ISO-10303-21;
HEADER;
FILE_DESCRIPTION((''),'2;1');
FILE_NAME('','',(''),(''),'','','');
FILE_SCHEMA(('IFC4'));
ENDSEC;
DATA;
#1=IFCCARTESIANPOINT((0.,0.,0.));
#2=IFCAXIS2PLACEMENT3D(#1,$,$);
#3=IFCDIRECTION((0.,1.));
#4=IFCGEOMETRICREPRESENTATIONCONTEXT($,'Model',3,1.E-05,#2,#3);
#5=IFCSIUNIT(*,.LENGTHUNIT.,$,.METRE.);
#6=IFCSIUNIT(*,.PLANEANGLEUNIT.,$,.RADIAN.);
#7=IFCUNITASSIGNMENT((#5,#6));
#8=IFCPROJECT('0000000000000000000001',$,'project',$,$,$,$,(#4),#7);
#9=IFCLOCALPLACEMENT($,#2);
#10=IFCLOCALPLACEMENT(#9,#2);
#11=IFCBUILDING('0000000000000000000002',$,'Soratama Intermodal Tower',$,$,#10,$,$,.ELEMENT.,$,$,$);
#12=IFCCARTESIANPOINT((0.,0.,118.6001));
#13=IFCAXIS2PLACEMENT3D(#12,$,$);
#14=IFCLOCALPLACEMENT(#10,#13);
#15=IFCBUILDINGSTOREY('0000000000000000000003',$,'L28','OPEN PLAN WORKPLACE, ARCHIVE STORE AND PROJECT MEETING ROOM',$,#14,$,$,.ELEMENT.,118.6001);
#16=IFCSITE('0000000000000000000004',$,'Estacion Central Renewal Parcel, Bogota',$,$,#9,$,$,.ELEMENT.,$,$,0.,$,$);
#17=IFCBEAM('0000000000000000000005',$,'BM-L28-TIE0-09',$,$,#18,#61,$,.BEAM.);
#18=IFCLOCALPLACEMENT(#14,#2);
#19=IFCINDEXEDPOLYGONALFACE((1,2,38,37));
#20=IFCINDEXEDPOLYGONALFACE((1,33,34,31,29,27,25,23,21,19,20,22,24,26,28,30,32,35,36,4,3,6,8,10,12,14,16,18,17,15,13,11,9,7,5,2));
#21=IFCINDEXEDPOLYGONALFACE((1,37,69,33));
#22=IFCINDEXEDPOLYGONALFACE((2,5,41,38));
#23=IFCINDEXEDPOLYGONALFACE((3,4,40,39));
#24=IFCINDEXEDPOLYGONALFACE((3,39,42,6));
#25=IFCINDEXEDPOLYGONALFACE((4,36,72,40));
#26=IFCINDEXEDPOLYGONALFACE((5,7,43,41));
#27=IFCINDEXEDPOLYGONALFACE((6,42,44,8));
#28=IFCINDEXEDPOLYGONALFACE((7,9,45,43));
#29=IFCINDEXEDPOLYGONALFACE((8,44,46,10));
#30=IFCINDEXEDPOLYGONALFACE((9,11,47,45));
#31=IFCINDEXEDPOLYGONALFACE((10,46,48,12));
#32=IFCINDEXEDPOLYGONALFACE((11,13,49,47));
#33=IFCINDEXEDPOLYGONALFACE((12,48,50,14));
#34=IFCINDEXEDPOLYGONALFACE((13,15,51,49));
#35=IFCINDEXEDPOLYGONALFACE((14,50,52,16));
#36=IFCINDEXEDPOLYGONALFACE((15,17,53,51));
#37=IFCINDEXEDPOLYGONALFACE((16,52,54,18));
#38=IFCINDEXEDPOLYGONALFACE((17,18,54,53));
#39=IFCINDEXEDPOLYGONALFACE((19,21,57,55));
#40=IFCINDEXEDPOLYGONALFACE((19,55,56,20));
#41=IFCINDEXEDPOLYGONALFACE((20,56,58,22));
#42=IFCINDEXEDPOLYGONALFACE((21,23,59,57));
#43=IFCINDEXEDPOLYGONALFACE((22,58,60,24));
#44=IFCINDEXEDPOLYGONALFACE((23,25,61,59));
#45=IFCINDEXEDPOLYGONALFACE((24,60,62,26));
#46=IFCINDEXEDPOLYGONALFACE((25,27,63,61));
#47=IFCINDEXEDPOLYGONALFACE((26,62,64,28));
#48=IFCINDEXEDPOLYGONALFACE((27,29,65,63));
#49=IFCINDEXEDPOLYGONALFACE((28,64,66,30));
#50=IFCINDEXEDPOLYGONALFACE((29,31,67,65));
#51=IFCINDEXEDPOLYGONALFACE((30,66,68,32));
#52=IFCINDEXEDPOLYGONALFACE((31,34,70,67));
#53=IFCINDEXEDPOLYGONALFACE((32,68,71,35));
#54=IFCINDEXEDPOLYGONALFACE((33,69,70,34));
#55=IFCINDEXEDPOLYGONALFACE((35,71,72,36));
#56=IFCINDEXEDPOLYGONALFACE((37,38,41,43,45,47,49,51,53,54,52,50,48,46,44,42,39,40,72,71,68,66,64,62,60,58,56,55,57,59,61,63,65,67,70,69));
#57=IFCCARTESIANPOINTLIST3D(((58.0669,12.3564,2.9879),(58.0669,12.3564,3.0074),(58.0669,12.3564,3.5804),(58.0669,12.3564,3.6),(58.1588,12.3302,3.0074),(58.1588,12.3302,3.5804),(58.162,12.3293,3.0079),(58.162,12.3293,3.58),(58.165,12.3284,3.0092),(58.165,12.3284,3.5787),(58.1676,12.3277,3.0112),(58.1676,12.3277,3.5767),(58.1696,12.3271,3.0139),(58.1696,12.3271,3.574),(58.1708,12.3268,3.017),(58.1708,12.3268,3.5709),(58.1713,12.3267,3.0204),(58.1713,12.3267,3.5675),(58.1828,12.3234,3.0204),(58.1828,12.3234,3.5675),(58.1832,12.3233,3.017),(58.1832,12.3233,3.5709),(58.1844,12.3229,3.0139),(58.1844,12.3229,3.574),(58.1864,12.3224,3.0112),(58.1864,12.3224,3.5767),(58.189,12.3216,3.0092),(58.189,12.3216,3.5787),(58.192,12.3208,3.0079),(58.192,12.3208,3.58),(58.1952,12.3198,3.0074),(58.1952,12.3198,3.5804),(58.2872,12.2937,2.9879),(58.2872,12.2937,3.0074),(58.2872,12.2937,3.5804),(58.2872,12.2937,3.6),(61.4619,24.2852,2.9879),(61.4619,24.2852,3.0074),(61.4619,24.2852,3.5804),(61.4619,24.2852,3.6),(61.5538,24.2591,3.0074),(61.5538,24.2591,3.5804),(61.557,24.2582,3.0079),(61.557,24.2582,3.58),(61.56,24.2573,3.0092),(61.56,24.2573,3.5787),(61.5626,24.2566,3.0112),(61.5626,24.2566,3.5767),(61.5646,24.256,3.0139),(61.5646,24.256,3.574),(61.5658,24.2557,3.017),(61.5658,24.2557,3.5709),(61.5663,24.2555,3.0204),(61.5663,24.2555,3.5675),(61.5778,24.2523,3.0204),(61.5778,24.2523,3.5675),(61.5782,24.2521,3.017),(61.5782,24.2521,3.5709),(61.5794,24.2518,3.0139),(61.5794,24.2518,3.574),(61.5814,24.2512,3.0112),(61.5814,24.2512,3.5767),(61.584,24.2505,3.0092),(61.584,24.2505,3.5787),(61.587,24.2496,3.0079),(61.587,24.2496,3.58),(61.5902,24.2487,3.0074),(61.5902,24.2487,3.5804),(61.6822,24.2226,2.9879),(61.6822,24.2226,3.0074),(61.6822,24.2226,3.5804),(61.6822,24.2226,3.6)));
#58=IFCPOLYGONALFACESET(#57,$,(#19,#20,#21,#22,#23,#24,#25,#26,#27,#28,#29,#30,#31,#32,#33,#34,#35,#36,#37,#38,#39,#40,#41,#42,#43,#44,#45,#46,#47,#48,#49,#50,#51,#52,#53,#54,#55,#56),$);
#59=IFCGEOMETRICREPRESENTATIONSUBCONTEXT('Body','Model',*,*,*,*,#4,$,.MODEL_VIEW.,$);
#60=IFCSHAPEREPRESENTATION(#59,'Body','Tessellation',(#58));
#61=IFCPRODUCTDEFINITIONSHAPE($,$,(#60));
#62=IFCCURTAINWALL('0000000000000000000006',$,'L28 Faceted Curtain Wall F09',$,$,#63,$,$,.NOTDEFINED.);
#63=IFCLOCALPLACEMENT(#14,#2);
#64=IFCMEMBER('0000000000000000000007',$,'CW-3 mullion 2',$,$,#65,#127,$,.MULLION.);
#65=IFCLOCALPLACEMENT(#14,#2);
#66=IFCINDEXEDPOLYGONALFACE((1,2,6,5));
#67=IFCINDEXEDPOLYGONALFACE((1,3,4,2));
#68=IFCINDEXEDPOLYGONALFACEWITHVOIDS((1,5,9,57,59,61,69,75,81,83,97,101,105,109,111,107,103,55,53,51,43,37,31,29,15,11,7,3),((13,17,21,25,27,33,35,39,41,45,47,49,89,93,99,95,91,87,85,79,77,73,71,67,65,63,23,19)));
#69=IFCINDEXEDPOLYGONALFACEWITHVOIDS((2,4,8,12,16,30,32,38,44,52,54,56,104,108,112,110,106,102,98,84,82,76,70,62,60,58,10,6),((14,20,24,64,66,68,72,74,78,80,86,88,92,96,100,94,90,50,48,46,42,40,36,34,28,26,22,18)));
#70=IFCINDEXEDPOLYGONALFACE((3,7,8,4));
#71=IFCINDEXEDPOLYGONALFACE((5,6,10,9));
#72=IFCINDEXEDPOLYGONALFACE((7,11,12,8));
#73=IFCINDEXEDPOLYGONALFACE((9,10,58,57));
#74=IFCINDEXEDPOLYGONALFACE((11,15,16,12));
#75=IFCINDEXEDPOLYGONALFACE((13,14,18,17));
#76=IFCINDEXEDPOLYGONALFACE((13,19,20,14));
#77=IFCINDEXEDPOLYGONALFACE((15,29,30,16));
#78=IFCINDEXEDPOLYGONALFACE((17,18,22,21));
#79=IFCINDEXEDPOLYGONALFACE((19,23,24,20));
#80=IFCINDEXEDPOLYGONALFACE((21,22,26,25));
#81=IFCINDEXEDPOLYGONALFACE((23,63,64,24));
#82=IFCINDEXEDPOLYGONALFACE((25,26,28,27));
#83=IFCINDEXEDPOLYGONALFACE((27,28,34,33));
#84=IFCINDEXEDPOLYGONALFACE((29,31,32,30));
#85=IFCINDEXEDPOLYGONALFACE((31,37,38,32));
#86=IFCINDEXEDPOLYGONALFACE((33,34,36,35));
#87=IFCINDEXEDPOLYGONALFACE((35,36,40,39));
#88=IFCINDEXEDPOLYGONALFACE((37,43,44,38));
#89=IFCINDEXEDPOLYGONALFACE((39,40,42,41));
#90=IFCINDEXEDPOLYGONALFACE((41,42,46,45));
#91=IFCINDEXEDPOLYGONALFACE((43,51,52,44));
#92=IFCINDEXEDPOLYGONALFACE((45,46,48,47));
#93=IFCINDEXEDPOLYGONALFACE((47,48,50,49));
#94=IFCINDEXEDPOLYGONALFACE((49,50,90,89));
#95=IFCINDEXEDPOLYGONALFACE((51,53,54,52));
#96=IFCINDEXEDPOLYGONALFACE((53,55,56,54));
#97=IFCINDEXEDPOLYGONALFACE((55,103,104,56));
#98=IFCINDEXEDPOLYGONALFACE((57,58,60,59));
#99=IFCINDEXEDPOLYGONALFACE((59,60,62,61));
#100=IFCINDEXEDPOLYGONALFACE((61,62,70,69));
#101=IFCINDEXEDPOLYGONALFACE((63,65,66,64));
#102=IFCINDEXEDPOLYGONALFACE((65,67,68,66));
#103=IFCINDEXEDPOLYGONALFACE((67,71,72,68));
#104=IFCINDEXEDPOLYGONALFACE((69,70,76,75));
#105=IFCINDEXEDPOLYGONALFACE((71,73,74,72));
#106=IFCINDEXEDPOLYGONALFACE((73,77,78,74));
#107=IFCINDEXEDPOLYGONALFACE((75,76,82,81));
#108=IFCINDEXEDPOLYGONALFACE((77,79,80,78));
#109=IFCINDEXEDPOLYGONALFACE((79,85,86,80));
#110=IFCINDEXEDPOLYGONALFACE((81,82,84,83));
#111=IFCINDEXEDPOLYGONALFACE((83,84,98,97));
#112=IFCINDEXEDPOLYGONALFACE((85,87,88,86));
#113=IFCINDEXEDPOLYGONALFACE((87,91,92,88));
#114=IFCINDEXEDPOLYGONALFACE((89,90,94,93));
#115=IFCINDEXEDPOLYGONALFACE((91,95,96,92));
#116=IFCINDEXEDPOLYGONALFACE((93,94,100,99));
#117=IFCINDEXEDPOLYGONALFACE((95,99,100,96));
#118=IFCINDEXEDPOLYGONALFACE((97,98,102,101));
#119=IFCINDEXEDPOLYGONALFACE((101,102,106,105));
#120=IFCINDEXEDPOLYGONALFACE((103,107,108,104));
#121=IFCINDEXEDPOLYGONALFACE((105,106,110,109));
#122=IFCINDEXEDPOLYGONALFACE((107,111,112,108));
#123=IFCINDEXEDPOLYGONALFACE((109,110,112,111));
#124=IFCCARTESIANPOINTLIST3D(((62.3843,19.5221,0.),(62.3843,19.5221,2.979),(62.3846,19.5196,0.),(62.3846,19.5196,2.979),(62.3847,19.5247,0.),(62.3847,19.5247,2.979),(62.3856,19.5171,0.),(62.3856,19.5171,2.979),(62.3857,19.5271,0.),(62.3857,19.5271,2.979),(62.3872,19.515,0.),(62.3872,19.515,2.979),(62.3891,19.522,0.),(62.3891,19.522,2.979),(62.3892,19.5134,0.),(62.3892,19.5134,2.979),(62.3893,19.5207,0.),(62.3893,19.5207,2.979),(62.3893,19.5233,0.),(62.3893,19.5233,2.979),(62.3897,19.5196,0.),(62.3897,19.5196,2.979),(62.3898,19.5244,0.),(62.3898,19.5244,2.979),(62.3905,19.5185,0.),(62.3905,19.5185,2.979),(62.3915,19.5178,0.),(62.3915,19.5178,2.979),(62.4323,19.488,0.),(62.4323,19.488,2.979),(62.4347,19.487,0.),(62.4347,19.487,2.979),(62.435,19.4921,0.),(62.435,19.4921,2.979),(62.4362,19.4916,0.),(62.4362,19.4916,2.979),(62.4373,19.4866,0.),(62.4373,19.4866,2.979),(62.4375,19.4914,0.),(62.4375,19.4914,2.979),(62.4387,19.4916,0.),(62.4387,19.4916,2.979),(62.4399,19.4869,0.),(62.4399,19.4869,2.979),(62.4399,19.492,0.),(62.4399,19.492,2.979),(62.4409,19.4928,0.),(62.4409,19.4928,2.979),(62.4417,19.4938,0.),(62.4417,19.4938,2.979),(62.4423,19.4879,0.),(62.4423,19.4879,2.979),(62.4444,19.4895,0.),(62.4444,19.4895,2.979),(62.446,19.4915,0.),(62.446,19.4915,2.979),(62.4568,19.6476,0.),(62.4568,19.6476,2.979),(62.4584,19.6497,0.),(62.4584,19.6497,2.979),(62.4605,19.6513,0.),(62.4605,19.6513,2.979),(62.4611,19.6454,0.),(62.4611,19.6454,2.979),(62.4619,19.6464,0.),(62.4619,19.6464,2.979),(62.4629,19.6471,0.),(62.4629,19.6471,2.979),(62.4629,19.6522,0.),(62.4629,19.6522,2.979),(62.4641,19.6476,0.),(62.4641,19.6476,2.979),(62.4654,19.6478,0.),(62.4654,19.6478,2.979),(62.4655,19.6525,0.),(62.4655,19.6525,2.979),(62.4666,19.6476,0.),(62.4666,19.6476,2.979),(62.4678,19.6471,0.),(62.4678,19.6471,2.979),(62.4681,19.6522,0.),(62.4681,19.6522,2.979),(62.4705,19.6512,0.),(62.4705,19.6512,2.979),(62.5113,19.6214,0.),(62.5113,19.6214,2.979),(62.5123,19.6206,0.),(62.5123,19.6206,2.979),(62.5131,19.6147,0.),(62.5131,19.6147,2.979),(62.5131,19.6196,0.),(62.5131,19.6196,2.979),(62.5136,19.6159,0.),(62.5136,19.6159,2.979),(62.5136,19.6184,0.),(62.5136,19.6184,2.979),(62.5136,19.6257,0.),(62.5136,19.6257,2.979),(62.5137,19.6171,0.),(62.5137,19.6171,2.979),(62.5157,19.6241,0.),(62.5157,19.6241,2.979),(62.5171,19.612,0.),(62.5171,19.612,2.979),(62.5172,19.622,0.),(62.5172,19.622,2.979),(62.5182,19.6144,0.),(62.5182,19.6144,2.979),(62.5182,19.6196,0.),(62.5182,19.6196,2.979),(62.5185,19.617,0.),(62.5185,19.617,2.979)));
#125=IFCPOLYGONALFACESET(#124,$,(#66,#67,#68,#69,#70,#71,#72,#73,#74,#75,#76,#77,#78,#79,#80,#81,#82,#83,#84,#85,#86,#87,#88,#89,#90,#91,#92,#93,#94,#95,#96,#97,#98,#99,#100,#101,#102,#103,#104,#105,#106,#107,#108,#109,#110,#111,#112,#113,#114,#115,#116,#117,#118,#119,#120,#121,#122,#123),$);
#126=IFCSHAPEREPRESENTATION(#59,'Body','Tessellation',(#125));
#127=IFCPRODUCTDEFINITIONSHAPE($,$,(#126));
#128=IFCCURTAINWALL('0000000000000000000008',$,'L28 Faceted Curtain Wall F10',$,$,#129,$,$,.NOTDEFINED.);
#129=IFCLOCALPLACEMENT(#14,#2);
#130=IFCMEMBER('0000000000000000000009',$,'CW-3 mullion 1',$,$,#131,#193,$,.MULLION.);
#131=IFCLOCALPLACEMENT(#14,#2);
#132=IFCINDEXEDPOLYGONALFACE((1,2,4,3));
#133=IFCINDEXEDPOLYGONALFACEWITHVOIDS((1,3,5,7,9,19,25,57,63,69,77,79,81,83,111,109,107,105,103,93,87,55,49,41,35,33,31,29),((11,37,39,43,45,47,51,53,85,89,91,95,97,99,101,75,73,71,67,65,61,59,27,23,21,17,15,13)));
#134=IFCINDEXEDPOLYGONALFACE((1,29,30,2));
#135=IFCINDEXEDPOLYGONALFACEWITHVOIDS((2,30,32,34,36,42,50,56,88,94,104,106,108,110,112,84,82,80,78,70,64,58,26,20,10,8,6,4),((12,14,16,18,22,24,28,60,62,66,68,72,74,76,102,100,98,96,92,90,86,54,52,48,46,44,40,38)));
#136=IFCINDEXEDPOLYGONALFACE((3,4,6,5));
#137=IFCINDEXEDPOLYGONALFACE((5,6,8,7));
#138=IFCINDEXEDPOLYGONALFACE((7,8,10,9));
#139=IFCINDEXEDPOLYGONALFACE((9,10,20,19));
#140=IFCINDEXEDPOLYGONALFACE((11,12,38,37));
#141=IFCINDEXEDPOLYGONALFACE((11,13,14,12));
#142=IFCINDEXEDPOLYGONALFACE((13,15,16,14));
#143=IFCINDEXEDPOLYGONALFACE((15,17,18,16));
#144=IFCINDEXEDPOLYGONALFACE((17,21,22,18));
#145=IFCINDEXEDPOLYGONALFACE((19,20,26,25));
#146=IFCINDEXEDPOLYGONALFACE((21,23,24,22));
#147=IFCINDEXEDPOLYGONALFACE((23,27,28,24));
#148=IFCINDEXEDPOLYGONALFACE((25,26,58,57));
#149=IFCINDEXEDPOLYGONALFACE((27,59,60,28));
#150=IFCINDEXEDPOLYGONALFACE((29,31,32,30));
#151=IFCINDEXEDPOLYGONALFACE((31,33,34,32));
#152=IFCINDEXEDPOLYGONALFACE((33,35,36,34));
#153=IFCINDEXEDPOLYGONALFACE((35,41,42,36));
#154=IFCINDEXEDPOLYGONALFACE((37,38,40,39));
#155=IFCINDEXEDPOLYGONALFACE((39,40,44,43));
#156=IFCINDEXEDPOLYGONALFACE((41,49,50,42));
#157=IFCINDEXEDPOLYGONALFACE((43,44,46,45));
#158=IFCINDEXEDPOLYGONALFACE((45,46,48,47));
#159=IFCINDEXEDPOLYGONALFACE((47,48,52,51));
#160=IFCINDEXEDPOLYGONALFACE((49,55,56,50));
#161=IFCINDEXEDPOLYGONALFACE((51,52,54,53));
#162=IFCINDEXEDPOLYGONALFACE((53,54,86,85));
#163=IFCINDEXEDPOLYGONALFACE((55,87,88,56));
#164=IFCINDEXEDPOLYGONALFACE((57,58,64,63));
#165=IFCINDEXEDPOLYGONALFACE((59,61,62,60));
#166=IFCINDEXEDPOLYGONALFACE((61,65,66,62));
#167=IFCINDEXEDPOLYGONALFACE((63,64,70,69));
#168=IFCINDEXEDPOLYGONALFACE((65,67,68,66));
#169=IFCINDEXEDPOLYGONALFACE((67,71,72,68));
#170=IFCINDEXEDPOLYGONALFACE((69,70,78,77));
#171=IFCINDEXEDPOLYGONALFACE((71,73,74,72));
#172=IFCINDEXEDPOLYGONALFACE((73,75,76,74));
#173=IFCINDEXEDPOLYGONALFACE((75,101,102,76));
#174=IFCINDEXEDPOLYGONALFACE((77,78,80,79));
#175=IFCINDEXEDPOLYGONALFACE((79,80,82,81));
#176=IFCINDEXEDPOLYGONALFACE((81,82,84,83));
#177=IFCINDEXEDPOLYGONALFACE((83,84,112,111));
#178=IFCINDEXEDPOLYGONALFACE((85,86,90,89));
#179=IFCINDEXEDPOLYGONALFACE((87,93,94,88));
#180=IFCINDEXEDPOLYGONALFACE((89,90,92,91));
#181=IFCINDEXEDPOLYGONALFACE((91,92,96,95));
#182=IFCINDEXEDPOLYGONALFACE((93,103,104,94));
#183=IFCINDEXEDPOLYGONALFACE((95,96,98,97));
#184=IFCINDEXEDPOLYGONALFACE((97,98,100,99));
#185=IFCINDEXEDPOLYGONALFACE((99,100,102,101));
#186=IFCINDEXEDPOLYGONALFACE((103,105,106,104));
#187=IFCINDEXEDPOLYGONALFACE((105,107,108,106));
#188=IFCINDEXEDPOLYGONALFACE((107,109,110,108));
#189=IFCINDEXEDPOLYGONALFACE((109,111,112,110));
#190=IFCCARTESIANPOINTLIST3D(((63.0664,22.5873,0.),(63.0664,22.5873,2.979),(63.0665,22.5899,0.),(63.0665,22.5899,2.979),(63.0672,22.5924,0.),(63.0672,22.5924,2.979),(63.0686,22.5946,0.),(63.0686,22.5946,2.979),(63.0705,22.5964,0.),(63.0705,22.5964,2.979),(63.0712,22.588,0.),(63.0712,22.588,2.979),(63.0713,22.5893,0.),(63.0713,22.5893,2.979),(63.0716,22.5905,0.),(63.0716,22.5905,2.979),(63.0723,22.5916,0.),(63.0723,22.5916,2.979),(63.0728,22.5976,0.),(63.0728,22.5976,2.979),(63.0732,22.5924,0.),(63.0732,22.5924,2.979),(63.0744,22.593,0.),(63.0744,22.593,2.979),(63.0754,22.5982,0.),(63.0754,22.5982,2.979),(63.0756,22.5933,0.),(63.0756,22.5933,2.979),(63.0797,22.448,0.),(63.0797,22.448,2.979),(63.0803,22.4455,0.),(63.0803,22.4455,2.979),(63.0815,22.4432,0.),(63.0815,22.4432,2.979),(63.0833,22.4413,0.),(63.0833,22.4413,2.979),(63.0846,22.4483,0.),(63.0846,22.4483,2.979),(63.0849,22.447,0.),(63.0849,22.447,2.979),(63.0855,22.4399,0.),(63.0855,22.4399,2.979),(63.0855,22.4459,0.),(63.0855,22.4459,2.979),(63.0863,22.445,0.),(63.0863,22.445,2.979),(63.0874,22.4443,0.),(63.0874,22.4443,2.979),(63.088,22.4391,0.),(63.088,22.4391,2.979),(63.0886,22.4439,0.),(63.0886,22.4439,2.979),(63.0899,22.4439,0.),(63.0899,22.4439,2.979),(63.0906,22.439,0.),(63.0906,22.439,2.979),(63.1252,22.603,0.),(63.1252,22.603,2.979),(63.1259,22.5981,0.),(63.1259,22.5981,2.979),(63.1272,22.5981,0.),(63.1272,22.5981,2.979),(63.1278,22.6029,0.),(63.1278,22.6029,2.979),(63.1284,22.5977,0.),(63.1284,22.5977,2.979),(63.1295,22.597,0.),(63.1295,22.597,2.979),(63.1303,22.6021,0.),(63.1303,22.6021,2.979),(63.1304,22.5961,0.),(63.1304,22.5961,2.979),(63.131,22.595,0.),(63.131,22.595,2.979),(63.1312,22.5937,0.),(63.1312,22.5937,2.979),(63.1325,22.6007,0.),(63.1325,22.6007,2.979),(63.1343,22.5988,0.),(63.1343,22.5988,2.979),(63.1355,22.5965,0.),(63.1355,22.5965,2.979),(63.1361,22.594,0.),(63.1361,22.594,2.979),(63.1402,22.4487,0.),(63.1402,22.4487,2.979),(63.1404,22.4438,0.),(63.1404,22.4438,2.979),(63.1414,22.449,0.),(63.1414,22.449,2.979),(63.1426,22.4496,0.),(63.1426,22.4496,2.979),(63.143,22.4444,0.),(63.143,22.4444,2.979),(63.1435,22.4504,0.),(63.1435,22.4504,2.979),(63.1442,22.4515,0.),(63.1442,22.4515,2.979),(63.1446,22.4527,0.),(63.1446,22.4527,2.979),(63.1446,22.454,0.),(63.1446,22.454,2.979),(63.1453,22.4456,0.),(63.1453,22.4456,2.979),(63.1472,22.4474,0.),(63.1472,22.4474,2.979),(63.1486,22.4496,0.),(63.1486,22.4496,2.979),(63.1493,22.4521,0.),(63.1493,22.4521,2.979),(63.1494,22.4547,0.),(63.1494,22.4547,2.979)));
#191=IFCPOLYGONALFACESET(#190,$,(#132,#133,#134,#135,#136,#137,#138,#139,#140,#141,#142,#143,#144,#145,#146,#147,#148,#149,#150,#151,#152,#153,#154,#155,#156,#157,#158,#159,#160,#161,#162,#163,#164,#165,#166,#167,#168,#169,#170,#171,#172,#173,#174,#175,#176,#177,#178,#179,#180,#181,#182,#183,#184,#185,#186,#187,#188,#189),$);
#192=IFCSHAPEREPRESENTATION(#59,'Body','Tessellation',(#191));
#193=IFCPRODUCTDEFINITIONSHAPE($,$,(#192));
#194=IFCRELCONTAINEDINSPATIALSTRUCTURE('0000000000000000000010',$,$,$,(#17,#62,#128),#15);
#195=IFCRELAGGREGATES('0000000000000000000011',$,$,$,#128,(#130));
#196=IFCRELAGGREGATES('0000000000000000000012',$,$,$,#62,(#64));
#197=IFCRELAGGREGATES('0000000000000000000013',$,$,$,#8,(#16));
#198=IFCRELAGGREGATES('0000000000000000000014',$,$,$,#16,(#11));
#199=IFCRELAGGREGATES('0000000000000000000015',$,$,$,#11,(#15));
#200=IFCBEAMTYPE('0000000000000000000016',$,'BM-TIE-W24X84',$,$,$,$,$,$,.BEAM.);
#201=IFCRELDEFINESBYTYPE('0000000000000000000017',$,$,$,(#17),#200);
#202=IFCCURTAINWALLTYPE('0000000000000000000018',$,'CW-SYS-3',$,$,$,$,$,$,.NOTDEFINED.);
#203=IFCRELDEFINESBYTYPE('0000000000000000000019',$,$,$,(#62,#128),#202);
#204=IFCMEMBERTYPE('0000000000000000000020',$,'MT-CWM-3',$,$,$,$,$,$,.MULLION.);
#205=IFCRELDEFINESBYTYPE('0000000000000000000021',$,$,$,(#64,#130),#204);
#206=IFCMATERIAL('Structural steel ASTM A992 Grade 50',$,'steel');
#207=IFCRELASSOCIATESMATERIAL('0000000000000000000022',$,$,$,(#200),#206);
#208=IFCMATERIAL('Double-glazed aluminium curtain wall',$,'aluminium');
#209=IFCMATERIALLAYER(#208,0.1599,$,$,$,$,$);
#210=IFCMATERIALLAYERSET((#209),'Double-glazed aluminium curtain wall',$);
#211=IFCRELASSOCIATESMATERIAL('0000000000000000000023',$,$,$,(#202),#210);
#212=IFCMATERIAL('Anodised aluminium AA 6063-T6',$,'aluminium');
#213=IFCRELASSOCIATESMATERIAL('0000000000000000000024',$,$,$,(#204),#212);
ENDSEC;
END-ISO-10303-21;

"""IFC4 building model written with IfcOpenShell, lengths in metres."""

from ifc_helpers import new_model, si_unit, direction, frame, origin, origin_2d, place, context, subcontext, project, spatial, hollow_rectangle, i_section, extrude, material, layer, layer_set, material_profile, profile_set, type_object, element, aggregate, save


model = new_model("IFC4")

# Units and contexts
model_context = context("Model", 3, precision=1e-05, world=origin(), true_north=direction((0.0, 1.0)))
body_context = subcontext(model_context, "Body", "Model", "MODEL_VIEW")
ifc_project = project(units=[si_unit("LENGTHUNIT", "METRE"), si_unit("PLANEANGLEUNIT", "RADIAN")], contexts=[model_context])

# Site, building, storey
site_placement = place(None, origin())
site = spatial("IfcSite", under=ifc_project, at=site_placement, Name="Estacion Central Renewal Parcel, Bogota", CompositionType="ELEMENT", RefElevation=0.0)
building_placement = place(site_placement, origin())
building = spatial("IfcBuilding", under=site, at=building_placement, Name="Soratama Intermodal Tower", CompositionType="ELEMENT")
storey_placement = place(building_placement, frame((0.0, 0.0, 118.6001)))
storey = spatial("IfcBuildingStorey", under=building, at=storey_placement, Name="L28", Description="OPEN PLAN WORKPLACE, ARCHIVE STORE AND PROJECT MEETING ROOM", CompositionType="ELEMENT", Elevation=118.6001)

# Beam
ifc_material_1 = material(Name="Structural steel ASTM A992 Grade 50", Category="steel")
ifc_material_profile_1 = material_profile(ifc_material_1, i_section(OverallWidth=0.229, OverallDepth=0.6121, WebThickness=0.012, FlangeThickness=0.0195, FilletRadius=0.0129, at=origin_2d()), Name="W24X84")
ifc_profile_set_1 = profile_set([ifc_material_profile_1], Name="Structural steel ASTM A992 Grade 50")
beam_type_1 = type_object("IfcBeamType", Name="BM-TIE-W24X84", PredefinedType="BEAM", material=ifc_profile_set_1)
beam_1_placement = place(storey_placement, frame((61.572, 24.2539, 3.2939), z_axis=(-0.273733, -0.961806, 0.0), x_axis=(0.961806, -0.273733, 0.0)))
element("IfcBeam", 1, at=beam_1_placement, inside=storey, type_object=beam_type_1, Name="BM-L28-TIE0-09", PredefinedType="BEAM", context=body_context, shape_type="SweptSolid", body=[
    extrude(i_section(OverallWidth=0.229, OverallDepth=0.6121, WebThickness=0.012, FlangeThickness=0.0195, FilletRadius=0.0129, at=origin_2d()), origin(), (0.0, 0.0, 1.0), 12.4026),
])

# Curtain wall, member
ifc_material_2 = material(Name="Double-glazed aluminium curtain wall", Category="aluminium")
ifc_layer_1 = layer(ifc_material_2, 0.1599)
ifc_layer_set_1 = layer_set([ifc_layer_1], Name="Double-glazed aluminium curtain wall")
curtain_wall_type = type_object("IfcCurtainWallType", Name="CW-SYS-3", PredefinedType="NOTDEFINED", material=ifc_layer_set_1)
curtain_wall_1_placement = place(storey_placement, origin())
curtain_wall_1 = element("IfcCurtainWall", 2, at=curtain_wall_1_placement, inside=storey, type_object=curtain_wall_type, Name="L28 Faceted Curtain Wall F09", PredefinedType="NOTDEFINED")
ifc_material_3 = material(Name="Anodised aluminium AA 6063-T6", Category="aluminium")
ifc_material_profile_2 = material_profile(ifc_material_3, hollow_rectangle(XDim=0.0701, YDim=0.1599, WallThickness=0.0049, InnerFilletRadius=0.0049, OuterFilletRadius=0.01, at=origin_2d()), Name="CWM160X70X5")
ifc_profile_set_2 = profile_set([ifc_material_profile_2], Name="Anodised aluminium AA 6063-T6")
member_type_1 = type_object("IfcMemberType", Name="MT-CWM-3", PredefinedType="MULLION", material=ifc_profile_set_2)
member_1_placement = place(storey_placement, frame((62.4514, 19.5696, 0.0), z_axis=(0.0, 0.0, 1.0), x_axis=(-0.86127, 0.508147, 0.0)))
member_1 = element("IfcMember", 3, at=member_1_placement, type_object=member_type_1, Name="CW-3 mullion 2", PredefinedType="MULLION", context=body_context, shape_type="SweptSolid", body=[
    extrude(hollow_rectangle(XDim=0.0701, YDim=0.1599, WallThickness=0.0049, InnerFilletRadius=0.0049, OuterFilletRadius=0.01, at=origin_2d()), origin(), (0.0, 0.0, 1.0), 2.979),
])

# Curtain wall, member
curtain_wall_2_placement = place(storey_placement, origin())
curtain_wall_2 = element("IfcCurtainWall", 4, at=curtain_wall_2_placement, inside=storey, type_object=curtain_wall_type, Name="L28 Faceted Curtain Wall F10", PredefinedType="NOTDEFINED")
member_2_placement = place(storey_placement, frame((63.1079, 22.521, 0.0), z_axis=(0.0, 0.0, 1.0), x_axis=(-0.995463, -0.095151, 0.0)))
member_2 = element("IfcMember", 5, at=member_2_placement, type_object=member_type_1, Name="CW-3 mullion 1", PredefinedType="MULLION", context=body_context, shape_type="SweptSolid", body=[
    extrude(hollow_rectangle(XDim=0.0701, YDim=0.1599, WallThickness=0.0049, InnerFilletRadius=0.0049, OuterFilletRadius=0.01, at=origin_2d()), origin(), (0.0, 0.0, 1.0), 2.979),
])
aggregate(curtain_wall_2, [member_2])

aggregate(curtain_wall_1, [member_1])

save(model, "model.ifc")
